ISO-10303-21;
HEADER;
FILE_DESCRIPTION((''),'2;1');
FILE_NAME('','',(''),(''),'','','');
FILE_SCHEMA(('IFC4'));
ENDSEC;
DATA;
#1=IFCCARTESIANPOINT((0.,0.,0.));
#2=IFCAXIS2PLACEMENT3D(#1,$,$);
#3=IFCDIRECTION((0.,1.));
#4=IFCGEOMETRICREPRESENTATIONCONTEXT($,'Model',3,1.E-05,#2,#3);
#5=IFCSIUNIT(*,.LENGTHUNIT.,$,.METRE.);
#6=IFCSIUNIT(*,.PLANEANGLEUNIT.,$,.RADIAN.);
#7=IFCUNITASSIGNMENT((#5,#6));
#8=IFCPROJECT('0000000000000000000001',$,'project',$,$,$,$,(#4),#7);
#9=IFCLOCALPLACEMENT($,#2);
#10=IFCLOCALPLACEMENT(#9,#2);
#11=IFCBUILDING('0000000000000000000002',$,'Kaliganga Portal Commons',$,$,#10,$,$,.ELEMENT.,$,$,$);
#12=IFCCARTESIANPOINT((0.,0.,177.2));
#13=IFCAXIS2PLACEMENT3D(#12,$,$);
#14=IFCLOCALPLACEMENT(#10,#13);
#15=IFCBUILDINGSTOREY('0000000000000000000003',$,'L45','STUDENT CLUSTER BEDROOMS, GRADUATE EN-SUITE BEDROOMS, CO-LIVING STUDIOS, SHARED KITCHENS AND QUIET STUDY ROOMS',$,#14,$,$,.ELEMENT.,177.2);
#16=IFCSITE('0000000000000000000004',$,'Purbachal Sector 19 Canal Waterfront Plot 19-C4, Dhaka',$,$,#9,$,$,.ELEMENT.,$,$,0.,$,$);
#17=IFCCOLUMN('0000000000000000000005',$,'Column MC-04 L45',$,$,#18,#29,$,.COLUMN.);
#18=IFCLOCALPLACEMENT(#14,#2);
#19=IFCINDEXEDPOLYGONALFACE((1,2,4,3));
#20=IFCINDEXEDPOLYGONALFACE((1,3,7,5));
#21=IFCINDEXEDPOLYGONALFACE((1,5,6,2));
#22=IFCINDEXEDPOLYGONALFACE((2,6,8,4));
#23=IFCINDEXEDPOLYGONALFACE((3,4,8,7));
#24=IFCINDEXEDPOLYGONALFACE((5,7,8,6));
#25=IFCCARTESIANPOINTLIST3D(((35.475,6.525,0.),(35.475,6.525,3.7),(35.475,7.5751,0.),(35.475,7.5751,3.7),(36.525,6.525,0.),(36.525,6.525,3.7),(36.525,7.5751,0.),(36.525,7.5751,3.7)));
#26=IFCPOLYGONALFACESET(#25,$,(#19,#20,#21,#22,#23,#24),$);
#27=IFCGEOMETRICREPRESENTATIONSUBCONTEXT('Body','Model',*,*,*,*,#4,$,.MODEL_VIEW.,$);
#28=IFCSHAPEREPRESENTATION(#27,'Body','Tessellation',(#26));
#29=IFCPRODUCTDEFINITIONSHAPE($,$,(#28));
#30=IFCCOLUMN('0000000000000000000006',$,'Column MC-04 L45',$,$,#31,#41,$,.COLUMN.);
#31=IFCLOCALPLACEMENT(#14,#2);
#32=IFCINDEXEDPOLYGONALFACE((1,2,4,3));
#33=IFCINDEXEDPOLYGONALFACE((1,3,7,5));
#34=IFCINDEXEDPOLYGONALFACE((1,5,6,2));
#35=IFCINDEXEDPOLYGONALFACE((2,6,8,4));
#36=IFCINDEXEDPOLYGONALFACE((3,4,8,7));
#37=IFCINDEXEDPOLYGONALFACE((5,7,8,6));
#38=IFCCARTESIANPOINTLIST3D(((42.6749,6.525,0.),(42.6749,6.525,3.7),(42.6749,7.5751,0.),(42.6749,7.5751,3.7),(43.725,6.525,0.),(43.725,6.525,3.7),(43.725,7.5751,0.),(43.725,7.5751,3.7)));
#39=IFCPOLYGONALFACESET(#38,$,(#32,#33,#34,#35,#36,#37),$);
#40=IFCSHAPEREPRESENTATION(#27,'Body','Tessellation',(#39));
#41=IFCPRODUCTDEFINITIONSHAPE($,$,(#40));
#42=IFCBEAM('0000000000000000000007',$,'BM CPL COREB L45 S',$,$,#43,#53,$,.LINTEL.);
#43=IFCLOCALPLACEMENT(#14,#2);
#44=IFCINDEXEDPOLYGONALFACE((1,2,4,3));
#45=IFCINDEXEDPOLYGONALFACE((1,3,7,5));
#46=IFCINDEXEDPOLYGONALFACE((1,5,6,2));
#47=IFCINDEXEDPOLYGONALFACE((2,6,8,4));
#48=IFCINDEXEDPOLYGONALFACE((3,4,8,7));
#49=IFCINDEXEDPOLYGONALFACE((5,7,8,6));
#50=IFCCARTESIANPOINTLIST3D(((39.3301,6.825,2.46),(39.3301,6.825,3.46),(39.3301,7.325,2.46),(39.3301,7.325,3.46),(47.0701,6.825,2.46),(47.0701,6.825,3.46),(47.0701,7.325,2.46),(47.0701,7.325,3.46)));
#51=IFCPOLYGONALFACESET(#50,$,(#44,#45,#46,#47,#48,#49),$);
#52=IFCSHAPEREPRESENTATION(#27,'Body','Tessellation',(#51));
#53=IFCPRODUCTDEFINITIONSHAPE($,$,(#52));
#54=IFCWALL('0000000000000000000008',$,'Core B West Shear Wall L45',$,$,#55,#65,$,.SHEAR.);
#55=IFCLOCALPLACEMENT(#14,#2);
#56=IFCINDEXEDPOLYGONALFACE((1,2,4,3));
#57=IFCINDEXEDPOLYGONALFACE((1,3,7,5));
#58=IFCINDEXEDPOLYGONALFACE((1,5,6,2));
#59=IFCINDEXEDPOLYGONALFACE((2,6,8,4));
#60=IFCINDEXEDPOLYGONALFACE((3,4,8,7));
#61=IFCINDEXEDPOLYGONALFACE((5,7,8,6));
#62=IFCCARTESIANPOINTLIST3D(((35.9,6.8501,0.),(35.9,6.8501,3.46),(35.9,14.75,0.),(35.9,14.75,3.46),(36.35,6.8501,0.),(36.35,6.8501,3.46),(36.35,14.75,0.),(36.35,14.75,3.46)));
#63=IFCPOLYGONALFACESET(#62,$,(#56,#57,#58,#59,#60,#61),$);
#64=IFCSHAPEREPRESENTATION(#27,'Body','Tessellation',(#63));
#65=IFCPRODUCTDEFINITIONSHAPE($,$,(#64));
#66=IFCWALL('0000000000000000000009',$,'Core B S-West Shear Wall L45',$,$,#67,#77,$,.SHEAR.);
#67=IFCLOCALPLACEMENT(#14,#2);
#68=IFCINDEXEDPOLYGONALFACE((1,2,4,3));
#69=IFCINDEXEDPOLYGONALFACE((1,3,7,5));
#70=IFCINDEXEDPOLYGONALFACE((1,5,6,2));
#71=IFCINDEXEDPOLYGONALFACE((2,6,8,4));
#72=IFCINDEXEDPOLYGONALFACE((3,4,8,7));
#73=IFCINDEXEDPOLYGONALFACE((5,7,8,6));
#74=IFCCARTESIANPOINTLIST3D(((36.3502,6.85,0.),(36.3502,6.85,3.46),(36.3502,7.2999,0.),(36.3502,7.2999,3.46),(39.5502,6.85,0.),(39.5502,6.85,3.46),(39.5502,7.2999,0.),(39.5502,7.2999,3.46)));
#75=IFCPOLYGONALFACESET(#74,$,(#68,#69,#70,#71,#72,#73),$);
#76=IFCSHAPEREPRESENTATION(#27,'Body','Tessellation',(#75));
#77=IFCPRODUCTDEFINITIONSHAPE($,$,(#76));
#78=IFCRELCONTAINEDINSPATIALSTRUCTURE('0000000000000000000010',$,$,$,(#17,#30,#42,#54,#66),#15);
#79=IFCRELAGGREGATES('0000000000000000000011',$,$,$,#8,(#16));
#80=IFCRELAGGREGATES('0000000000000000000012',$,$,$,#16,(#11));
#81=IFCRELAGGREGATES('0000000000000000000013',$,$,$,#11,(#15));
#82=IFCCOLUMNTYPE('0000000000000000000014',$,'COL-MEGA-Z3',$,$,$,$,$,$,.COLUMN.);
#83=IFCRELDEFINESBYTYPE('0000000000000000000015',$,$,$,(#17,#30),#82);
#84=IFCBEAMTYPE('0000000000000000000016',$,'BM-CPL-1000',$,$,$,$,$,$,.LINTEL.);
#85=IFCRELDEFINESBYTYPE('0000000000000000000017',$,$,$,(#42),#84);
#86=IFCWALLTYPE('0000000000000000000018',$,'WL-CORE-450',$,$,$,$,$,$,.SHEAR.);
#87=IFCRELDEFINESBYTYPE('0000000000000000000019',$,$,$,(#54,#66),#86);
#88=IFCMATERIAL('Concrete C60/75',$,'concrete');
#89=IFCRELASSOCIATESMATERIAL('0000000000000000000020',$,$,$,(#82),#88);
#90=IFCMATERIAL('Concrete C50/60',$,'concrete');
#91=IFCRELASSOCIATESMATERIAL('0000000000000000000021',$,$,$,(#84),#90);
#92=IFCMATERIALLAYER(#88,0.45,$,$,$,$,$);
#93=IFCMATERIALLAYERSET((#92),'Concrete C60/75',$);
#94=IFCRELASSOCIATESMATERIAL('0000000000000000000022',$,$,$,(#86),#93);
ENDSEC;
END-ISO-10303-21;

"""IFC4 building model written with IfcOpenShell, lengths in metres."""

from ifc_helpers import new_model, si_unit, direction, frame, frame_2d, origin, origin_2d, place, context, subcontext, project, spatial, rectangle, extrude, source, transform, mapped, material, layer, layer_set, material_profile, profile_set, type_object, element, save


model = new_model("IFC4")

# Units and contexts
model_context = context("Model", 3, precision=1e-05, world=origin(), true_north=direction((0.0, 1.0)))
body_context = subcontext(model_context, "Body", "Model", "MODEL_VIEW")
ifc_project = project(units=[si_unit("LENGTHUNIT", "METRE"), si_unit("PLANEANGLEUNIT", "RADIAN")], contexts=[model_context])

# Site, building, storey
site_placement = place(None, origin())
site = spatial("IfcSite", under=ifc_project, at=site_placement, Name="Purbachal Sector 19 Canal Waterfront Plot 19-C4, Dhaka", CompositionType="ELEMENT", RefElevation=0.0)
building_placement = place(site_placement, origin())
building = spatial("IfcBuilding", under=site, at=building_placement, Name="Kaliganga Portal Commons", CompositionType="ELEMENT")
storey_placement = place(building_placement, frame((0.0, 0.0, 177.2)))
storey = spatial("IfcBuildingStorey", under=building, at=storey_placement, Name="L45", Description="STUDENT CLUSTER BEDROOMS, GRADUATE EN-SUITE BEDROOMS, CO-LIVING STUDIOS, SHARED KITCHENS AND QUIET STUDY ROOMS", CompositionType="ELEMENT", Elevation=177.2)

# Columns
ifc_material_1 = material(Name="Concrete C60/75", Category="concrete")
ifc_material_profile_1 = material_profile(ifc_material_1, rectangle(XDim=1.05, YDim=1.05, at=origin_2d()), Name="RC 1050x1050")
ifc_profile_set_1 = profile_set([ifc_material_profile_1], Name="Concrete C60/75")
column_type = type_object("IfcColumnType", Name="COL-MEGA-Z3", PredefinedType="COLUMN", material=ifc_profile_set_1)
shared_shape_1 = source(origin(), body_context, "Body", "SweptSolid", [
    extrude(rectangle(XDim=1.05, YDim=1.05, at=origin_2d()), origin(), (0.0, 0.0, 1.0), 3.7),
])
for number, where, z_axis, x_axis, name in (
    (1, (36.0, 7.05, 0.0), (0.0, 0.0, 1.0), (1.0, 0.0, 0.0), "Column MC-04 L45"),
    (2, (43.2, 7.05, 0.0), (0.0, 0.0, 1.0), (1.0, 0.0, 0.0), "Column MC-04 L45"),
):
    element("IfcColumn", number, at=place(storey_placement, frame(where, z_axis=z_axis, x_axis=x_axis)), inside=storey, type_object=column_type, Name=name, PredefinedType="COLUMN", context=body_context, shape_type="MappedRepresentation", body=[
        mapped(shared_shape_1, transform((0.0, 0.0, 0.0), x_axis=(1.0, 0.0, 0.0), y_axis=(0.0, 1.0, 0.0), z_axis=(0.0, 0.0, 1.0), scale=1.0)),
    ])

# Beam
ifc_material_2 = material(Name="Concrete C50/60", Category="concrete")
ifc_material_profile_2 = material_profile(ifc_material_2, rectangle(XDim=0.5, YDim=1.0, at=origin_2d()), Name="RC 500x1000")
ifc_profile_set_2 = profile_set([ifc_material_profile_2], Name="Concrete C50/60")
beam_type = type_object("IfcBeamType", Name="BM-CPL-1000", PredefinedType="LINTEL", material=ifc_profile_set_2)
shared_shape_2 = source(origin(), body_context, "Body", "SweptSolid", [
    extrude(rectangle(XDim=0.5, YDim=1.0, at=origin_2d()), origin(), (0.0, 0.0, 1.0), 7.74),
])
beam_placement = place(storey_placement, frame((39.3301, 7.075, 2.96), z_axis=(1.0, 0.0, 0.0), x_axis=(0.0, 1.0, 0.0)))
element("IfcBeam", 3, at=beam_placement, inside=storey, type_object=beam_type, Name="BM CPL COREB L45 S", PredefinedType="LINTEL", context=body_context, shape_type="MappedRepresentation", body=[
    mapped(shared_shape_2, transform((0.0, 0.0, 0.0), x_axis=(1.0, 0.0, 0.0), y_axis=(0.0, 1.0, 0.0), z_axis=(0.0, 0.0, 1.0), scale=1.0)),
])

# Walls
ifc_layer_1 = layer(ifc_material_1, 0.45)
ifc_layer_set_1 = layer_set([ifc_layer_1], Name="Concrete C60/75")
wall_type_1 = type_object("IfcWallType", Name="WL-CORE-450", PredefinedType="SHEAR", material=ifc_layer_set_1)
wall_1_placement = place(storey_placement, frame((36.125, 6.8501, 0.0), z_axis=(0.0, 0.0, 1.0), x_axis=(0.0, 1.0, 0.0)))
element("IfcWall", 4, at=wall_1_placement, inside=storey, type_object=wall_type_1, Name="Core B West Shear Wall L45", PredefinedType="SHEAR", context=body_context, shape_type="SweptSolid", body=[
    extrude(rectangle(XDim=7.8999, YDim=0.45, at=frame_2d((3.95, 0.0))), origin(), (0.0, 0.0, 1.0), 3.46),
])
wall_2_placement = place(storey_placement, frame((36.3501, 7.075, 0.0), z_axis=(0.0, 0.0, 1.0), x_axis=(1.0, 0.0, 0.0)))
element("IfcWall", 5, at=wall_2_placement, inside=storey, type_object=wall_type_1, Name="Core B S-West Shear Wall L45", PredefinedType="SHEAR", context=body_context, shape_type="SweptSolid", body=[
    extrude(rectangle(XDim=3.2, YDim=0.45, at=frame_2d((1.6001, 0.0))), origin(), (0.0, 0.0, 1.0), 3.46),
])

save(model, "model.ifc")
